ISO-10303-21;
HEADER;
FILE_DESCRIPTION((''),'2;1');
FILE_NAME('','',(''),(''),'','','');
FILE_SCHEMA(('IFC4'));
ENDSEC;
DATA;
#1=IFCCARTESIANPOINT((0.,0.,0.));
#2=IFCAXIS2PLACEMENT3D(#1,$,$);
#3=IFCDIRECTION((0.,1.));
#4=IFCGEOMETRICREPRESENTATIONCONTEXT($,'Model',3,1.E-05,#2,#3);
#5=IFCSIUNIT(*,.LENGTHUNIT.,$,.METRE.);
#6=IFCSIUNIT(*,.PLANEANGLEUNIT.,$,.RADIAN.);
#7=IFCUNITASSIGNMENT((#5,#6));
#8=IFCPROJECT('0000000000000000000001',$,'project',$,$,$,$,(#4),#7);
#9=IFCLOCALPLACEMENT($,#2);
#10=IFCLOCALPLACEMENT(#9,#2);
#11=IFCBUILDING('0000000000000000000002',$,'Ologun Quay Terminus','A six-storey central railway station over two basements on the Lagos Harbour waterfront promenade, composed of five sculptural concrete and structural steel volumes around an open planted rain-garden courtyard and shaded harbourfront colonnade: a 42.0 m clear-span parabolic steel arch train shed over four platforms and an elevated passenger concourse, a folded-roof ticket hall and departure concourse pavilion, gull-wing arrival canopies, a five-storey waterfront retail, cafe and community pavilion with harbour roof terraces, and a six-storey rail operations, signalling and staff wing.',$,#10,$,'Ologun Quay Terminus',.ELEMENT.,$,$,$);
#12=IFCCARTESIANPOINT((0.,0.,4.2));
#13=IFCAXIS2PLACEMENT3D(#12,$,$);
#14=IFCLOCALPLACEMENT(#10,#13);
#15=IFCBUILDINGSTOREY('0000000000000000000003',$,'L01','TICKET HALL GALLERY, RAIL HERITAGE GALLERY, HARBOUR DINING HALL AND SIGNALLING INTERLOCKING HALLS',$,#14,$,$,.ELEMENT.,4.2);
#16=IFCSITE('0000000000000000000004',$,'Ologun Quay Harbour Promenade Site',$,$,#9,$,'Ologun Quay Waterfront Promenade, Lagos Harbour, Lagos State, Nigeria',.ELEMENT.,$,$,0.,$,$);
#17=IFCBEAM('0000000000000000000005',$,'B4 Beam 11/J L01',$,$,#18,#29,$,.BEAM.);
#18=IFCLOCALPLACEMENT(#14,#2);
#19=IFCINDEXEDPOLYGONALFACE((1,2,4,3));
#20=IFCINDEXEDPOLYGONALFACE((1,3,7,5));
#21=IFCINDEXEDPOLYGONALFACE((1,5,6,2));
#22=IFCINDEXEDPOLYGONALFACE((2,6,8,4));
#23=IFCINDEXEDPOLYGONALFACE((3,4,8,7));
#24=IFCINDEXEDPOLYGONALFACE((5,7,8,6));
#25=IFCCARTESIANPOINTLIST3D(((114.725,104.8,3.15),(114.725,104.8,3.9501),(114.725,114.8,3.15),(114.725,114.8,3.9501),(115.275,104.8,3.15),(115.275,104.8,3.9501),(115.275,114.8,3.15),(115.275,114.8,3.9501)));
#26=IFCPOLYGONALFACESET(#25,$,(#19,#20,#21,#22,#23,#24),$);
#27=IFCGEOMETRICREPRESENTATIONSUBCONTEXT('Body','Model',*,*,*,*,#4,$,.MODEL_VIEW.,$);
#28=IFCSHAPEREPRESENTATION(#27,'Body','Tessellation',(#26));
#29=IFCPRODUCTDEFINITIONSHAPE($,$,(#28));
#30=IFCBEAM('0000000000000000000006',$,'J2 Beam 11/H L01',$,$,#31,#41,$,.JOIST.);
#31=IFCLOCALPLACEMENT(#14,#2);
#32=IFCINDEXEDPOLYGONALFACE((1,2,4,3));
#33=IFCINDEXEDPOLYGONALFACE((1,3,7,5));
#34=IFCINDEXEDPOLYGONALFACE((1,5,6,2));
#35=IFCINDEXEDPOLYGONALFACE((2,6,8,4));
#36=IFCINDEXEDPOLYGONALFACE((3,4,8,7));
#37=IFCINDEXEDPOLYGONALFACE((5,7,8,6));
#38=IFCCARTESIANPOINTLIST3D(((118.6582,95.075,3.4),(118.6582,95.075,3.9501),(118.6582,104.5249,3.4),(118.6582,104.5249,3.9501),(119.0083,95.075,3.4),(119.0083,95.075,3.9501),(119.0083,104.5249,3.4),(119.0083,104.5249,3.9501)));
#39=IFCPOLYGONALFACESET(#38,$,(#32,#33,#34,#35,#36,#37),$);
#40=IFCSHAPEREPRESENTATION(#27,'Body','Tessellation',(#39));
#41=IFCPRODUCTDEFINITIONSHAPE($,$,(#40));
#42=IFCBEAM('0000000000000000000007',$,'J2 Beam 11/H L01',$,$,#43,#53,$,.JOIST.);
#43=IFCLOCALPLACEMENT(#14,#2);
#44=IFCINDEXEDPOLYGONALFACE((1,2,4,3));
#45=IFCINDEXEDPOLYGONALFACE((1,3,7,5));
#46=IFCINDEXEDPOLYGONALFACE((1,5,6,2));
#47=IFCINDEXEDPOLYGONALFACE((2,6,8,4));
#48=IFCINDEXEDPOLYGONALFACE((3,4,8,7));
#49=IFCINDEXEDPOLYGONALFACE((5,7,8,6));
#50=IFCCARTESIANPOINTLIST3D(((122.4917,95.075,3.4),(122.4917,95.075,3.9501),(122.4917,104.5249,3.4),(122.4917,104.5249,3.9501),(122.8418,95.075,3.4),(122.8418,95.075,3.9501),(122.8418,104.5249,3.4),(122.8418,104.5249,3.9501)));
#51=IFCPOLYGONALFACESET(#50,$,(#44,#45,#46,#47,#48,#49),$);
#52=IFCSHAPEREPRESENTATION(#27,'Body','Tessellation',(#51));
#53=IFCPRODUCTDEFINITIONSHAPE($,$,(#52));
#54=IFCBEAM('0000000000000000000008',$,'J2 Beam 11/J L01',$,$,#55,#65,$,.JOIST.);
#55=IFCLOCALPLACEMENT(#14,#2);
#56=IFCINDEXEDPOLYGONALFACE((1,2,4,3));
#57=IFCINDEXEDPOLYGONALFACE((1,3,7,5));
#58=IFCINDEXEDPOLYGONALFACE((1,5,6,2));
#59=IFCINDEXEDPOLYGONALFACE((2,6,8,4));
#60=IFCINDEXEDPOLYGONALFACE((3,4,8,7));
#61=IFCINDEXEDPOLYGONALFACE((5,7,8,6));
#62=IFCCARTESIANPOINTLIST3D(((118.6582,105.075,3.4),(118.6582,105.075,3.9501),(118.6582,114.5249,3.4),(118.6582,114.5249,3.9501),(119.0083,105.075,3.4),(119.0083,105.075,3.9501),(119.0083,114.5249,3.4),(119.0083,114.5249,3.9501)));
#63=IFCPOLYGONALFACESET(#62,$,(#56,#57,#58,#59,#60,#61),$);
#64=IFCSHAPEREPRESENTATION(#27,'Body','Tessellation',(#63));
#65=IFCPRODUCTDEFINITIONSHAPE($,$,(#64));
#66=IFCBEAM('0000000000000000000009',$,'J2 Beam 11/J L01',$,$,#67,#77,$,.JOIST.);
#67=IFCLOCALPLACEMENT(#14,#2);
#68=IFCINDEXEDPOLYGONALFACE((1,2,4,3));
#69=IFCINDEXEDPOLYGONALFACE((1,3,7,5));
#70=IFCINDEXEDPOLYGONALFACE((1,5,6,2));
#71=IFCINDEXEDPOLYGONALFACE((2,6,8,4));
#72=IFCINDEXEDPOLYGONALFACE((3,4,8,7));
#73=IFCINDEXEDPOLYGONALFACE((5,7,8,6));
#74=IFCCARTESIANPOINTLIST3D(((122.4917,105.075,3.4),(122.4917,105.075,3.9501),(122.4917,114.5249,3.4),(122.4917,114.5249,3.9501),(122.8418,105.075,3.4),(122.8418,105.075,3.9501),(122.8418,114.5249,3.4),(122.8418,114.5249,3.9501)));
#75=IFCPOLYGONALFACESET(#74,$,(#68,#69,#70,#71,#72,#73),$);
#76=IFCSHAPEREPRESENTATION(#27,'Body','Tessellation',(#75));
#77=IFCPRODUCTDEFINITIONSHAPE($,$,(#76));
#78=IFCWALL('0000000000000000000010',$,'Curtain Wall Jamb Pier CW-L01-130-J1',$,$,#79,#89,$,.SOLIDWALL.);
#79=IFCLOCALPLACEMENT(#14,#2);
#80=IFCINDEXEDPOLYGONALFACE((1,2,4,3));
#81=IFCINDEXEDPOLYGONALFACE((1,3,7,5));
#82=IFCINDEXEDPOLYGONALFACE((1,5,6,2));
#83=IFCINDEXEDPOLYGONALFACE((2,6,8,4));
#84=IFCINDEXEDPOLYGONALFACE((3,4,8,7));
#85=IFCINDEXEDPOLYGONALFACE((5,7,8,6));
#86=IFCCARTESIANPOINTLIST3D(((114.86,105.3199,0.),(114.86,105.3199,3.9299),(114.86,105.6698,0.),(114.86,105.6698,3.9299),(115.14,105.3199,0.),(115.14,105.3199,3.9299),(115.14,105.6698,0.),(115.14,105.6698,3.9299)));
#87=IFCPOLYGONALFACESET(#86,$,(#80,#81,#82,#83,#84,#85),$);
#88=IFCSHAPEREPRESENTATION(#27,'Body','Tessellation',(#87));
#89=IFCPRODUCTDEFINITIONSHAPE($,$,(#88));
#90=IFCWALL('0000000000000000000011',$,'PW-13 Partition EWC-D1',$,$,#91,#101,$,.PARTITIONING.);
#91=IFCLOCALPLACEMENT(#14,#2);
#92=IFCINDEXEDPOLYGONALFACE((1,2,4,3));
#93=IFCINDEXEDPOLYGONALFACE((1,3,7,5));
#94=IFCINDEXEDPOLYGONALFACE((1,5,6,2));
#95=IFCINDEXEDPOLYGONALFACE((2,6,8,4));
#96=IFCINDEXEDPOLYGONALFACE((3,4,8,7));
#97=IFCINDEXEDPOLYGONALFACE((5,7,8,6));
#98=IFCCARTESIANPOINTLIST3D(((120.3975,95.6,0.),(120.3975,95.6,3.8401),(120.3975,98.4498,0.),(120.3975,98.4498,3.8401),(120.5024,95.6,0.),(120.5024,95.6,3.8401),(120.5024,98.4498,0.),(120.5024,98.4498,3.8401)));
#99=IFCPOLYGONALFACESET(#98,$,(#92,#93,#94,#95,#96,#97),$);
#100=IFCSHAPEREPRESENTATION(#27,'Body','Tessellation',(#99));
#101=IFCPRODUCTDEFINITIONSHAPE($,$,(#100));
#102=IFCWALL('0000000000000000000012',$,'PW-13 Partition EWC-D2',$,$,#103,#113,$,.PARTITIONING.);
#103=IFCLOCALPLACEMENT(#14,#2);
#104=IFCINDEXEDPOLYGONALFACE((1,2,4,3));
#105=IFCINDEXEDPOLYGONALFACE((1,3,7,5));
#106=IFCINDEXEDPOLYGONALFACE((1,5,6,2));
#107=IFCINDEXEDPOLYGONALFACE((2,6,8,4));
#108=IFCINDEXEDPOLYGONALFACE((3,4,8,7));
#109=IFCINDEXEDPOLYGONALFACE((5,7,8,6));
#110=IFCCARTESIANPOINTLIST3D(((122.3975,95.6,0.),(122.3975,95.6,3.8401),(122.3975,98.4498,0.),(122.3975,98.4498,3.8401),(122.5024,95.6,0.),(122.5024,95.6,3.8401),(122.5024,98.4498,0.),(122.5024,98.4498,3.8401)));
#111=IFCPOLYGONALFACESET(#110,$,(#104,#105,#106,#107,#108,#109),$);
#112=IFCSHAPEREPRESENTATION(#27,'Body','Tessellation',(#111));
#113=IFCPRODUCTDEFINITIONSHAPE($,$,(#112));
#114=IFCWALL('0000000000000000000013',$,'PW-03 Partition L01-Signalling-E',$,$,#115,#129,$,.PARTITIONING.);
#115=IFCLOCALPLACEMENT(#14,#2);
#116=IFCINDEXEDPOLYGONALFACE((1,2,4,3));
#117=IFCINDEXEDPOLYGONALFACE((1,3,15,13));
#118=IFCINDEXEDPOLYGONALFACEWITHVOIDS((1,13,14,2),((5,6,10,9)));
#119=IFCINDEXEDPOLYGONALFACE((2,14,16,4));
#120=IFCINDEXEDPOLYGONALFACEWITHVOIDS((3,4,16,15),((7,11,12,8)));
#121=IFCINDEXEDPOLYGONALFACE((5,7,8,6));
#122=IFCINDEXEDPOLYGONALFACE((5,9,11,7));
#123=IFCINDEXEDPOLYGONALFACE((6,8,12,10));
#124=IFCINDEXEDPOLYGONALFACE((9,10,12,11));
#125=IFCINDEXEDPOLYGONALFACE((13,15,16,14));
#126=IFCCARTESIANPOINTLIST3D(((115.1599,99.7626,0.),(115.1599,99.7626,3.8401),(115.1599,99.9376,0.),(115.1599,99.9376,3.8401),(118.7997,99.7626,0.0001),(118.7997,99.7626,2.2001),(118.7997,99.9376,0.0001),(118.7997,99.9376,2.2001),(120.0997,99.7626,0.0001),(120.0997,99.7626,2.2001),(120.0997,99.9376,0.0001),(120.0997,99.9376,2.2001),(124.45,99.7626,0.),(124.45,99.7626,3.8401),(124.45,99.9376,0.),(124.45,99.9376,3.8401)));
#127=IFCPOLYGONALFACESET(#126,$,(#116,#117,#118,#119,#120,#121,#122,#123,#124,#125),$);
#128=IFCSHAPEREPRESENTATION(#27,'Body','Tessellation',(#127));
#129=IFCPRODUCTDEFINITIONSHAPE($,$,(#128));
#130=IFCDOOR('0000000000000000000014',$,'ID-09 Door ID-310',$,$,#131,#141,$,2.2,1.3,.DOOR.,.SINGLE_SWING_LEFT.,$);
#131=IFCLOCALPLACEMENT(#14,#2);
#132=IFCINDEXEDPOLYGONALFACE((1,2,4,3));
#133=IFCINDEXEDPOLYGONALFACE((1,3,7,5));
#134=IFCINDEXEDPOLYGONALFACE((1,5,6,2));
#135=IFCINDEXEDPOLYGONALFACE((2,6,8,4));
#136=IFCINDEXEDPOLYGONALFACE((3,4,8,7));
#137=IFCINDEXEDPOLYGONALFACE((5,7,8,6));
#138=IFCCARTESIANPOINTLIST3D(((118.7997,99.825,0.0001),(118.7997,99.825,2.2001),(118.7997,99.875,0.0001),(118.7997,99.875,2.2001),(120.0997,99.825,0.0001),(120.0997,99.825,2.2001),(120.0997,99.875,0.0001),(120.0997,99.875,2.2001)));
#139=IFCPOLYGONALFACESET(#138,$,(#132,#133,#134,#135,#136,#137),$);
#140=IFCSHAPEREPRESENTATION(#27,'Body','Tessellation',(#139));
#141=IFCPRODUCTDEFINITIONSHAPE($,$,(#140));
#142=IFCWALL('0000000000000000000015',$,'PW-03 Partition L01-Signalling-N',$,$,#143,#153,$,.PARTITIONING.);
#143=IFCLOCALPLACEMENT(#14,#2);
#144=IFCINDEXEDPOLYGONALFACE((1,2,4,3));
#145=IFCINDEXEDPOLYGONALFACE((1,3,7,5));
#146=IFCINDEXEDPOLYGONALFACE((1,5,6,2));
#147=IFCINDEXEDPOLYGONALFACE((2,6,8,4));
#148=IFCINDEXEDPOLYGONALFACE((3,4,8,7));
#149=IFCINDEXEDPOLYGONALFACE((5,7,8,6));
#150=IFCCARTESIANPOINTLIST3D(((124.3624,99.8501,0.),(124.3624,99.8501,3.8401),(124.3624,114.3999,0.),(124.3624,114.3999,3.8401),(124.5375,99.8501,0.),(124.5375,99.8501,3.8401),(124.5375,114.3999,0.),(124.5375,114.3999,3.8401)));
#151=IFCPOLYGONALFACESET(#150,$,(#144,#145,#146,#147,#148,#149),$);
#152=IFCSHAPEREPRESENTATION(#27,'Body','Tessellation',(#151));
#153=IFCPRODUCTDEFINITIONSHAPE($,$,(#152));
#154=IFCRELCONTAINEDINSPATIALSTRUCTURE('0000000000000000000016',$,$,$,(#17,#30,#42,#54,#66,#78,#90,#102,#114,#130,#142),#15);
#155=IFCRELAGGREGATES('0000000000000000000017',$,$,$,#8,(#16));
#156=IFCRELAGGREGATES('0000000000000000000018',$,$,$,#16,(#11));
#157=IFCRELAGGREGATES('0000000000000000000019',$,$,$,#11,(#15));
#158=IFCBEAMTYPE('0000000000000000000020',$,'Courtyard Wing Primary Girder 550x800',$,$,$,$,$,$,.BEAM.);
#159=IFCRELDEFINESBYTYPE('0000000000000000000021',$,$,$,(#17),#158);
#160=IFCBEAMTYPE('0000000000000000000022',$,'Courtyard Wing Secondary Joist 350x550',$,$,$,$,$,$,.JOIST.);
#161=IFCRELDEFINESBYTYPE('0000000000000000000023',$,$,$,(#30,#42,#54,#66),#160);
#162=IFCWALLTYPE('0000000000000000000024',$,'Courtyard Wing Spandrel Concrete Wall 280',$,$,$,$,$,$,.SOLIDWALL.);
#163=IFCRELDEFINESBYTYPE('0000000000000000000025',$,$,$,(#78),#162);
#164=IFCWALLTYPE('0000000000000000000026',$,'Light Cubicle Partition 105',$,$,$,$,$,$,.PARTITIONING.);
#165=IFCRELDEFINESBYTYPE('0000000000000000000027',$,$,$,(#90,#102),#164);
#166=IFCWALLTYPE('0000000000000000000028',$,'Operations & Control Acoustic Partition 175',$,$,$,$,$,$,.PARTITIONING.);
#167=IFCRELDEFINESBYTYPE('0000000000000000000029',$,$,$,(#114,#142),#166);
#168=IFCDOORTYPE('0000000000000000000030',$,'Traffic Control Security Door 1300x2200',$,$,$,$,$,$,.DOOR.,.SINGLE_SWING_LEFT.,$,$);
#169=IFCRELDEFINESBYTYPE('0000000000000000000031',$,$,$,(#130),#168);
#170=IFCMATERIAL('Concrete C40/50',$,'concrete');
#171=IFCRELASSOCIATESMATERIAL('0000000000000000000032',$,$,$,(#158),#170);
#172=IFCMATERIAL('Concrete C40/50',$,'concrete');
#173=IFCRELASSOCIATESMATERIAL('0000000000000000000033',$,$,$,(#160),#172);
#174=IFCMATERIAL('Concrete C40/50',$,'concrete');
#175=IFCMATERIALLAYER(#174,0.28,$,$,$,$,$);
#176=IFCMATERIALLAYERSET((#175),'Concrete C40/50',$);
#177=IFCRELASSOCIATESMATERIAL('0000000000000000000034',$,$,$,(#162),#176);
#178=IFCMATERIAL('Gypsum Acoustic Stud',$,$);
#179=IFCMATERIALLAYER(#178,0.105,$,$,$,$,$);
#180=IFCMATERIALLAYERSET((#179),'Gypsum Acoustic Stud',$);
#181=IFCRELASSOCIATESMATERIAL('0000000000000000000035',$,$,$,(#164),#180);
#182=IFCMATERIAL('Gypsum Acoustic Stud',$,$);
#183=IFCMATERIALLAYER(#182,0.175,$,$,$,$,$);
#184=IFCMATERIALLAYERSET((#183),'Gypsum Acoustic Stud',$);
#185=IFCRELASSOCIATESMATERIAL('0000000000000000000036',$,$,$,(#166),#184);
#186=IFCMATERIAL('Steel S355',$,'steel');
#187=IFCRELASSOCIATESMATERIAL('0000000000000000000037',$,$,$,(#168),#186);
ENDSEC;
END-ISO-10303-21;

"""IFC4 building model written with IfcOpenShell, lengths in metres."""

from ifc_helpers import new_model, si_unit, direction, frame, frame_2d, origin, origin_2d, place, context, subcontext, project, spatial, rectangle, extrude, material, layer, layer_set, material_profile, profile_set, type_object, element, fill, save


model = new_model("IFC4")

# Units and contexts
model_context = context("Model", 3, precision=1e-05, world=origin(), true_north=direction((0.0, 1.0)))
body_context = subcontext(model_context, "Body", "Model", "MODEL_VIEW")
ifc_project = project(units=[si_unit("LENGTHUNIT", "METRE"), si_unit("PLANEANGLEUNIT", "RADIAN")], contexts=[model_context])

# Site, building, storey
site_placement = place(None, origin())
site = spatial("IfcSite", under=ifc_project, at=site_placement, Name="Ologun Quay Harbour Promenade Site", LongName="Ologun Quay Waterfront Promenade, Lagos Harbour, Lagos State, Nigeria", CompositionType="ELEMENT", RefElevation=0.0)
building_placement = place(site_placement, origin())
building = spatial("IfcBuilding", under=site, at=building_placement, Name="Ologun Quay Terminus", Description="A six-storey central railway station over two basements on the Lagos Harbour waterfront promenade, composed of five sculptural concrete and structural steel volumes around an open planted rain-garden courtyard and shaded harbourfront colonnade: a 42.0 m clear-span parabolic steel arch train shed over four platforms and an elevated passenger concourse, a folded-roof ticket hall and departure concourse pavilion, gull-wing arrival canopies, a five-storey waterfront retail, cafe and community pavilion with harbour roof terraces, and a six-storey rail operations, signalling and staff wing.", LongName="Ologun Quay Terminus", CompositionType="ELEMENT")
storey_placement = place(building_placement, frame((0.0, 0.0, 4.2)))
storey = spatial("IfcBuildingStorey", under=building, at=storey_placement, Name="L01", Description="TICKET HALL GALLERY, RAIL HERITAGE GALLERY, HARBOUR DINING HALL AND SIGNALLING INTERLOCKING HALLS", CompositionType="ELEMENT", Elevation=4.2)

# Beams
ifc_material_1 = material(Name="Concrete C40/50", Category="concrete")
ifc_material_profile_1 = material_profile(ifc_material_1, rectangle(XDim=0.55, YDim=0.8, at=origin_2d()), Name="RC 550x800")
ifc_profile_set_1 = profile_set([ifc_material_profile_1], Name="Concrete C40/50")
beam_type_1 = type_object("IfcBeamType", Name="Courtyard Wing Primary Girder 550x800", PredefinedType="BEAM", material=ifc_profile_set_1)
beam_placement = place(storey_placement, frame((115.0, 104.8, 3.55), z_axis=(0.0, 1.0, 0.0), x_axis=(-1.0, 0.0, 0.0)))
element("IfcBeam", 1, at=beam_placement, inside=storey, type_object=beam_type_1, Name="B4 Beam 11/J L01", PredefinedType="BEAM", context=body_context, shape_type="SweptSolid", body=[
    extrude(rectangle(XDim=0.55, YDim=0.8, at=origin_2d()), origin(), (0.0, 0.0, 1.0), 10.0),
])
ifc_material_2 = material(Name="Concrete C40/50", Category="concrete")
ifc_material_profile_2 = material_profile(ifc_material_2, rectangle(XDim=0.3501, YDim=0.55, at=origin_2d()), Name="RC 350x550")
ifc_profile_set_2 = profile_set([ifc_material_profile_2], Name="Concrete C40/50")
beam_type_2 = type_object("IfcBeamType", Name="Courtyard Wing Secondary Joist 350x550", PredefinedType="JOIST", material=ifc_profile_set_2)
for number, where, z_axis, x_axis, name in (
    (2, (118.8333, 95.075, 3.675), (0.0, 1.0, 0.0), (-1.0, 0.0, 0.0), "J2 Beam 11/H L01"),
    (3, (122.6667, 95.075, 3.675), (0.0, 1.0, 0.0), (-1.0, 0.0, 0.0), "J2 Beam 11/H L01"),
    (4, (118.8333, 105.075, 3.675), (0.0, 1.0, 0.0), (-1.0, 0.0, 0.0), "J2 Beam 11/J L01"),
    (5, (122.6667, 105.075, 3.675), (0.0, 1.0, 0.0), (-1.0, 0.0, 0.0), "J2 Beam 11/J L01"),
):
    element("IfcBeam", number, at=place(storey_placement, frame(where, z_axis=z_axis, x_axis=x_axis)), inside=storey, type_object=beam_type_2, Name=name, PredefinedType="JOIST", context=body_context, shape_type="SweptSolid", body=[
        extrude(rectangle(XDim=0.3501, YDim=0.55, at=origin_2d()), origin(), (0.0, 0.0, 1.0), 9.45),
    ])

# Walls
ifc_material_3 = material(Name="Concrete C40/50", Category="concrete")
ifc_layer_1 = layer(ifc_material_3, 0.28)
ifc_layer_set_1 = layer_set([ifc_layer_1], Name="Concrete C40/50")
wall_type_1 = type_object("IfcWallType", Name="Courtyard Wing Spandrel Concrete Wall 280", PredefinedType="SOLIDWALL", material=ifc_layer_set_1)
wall_1_placement = place(storey_placement, frame((115.0, 105.3201, 0.0), z_axis=(0.0, 0.0, 1.0), x_axis=(0.0, 1.0, 0.0)))
element("IfcWall", 6, at=wall_1_placement, inside=storey, type_object=wall_type_1, Name="Curtain Wall Jamb Pier CW-L01-130-J1", PredefinedType="SOLIDWALL", context=body_context, shape_type="SweptSolid", body=[
    extrude(rectangle(XDim=0.3499, YDim=0.28, at=frame_2d((0.1748, 0.0))), origin(), (0.0, 0.0, 1.0), 3.9299),
])
ifc_material_4 = material(Name="Gypsum Acoustic Stud")
ifc_layer_2 = layer(ifc_material_4, 0.105)
ifc_layer_set_2 = layer_set([ifc_layer_2], Name="Gypsum Acoustic Stud")
wall_type_2 = type_object("IfcWallType", Name="Light Cubicle Partition 105", PredefinedType="PARTITIONING", material=ifc_layer_set_2)
for number, where, z_axis, x_axis, name in (
    (7, (120.45, 95.6001, 0.0), (0.0, 0.0, 1.0), (0.0, 1.0, 0.0), "PW-13 Partition EWC-D1"),
    (8, (122.45, 95.6001, 0.0), (0.0, 0.0, 1.0), (0.0, 1.0, 0.0), "PW-13 Partition EWC-D2"),
):
    element("IfcWall", number, at=place(storey_placement, frame(where, z_axis=z_axis, x_axis=x_axis)), inside=storey, type_object=wall_type_2, Name=name, PredefinedType="PARTITIONING", context=body_context, shape_type="SweptSolid", body=[
        extrude(rectangle(XDim=2.8499, YDim=0.105, at=frame_2d((1.4248, 0.0))), origin(), (0.0, 0.0, 1.0), 3.8401),
    ])

# Wall, opening, door
ifc_material_5 = material(Name="Gypsum Acoustic Stud")
ifc_layer_3 = layer(ifc_material_5, 0.175)
ifc_layer_set_3 = layer_set([ifc_layer_3], Name="Gypsum Acoustic Stud")
wall_type_3 = type_object("IfcWallType", Name="Operations & Control Acoustic Partition 175", PredefinedType="PARTITIONING", material=ifc_layer_set_3)
wall_2_placement = place(storey_placement, frame((115.1599, 99.8501, 0.0), z_axis=(0.0, 0.0, 1.0), x_axis=(1.0, 0.0, 0.0)))
wall_2 = element("IfcWall", 9, at=wall_2_placement, inside=storey, type_object=wall_type_3, Name="PW-03 Partition L01-Signalling-E", PredefinedType="PARTITIONING", context=body_context, shape_type="SweptSolid", body=[
    extrude(rectangle(XDim=9.29, YDim=0.175, at=frame_2d((4.645, 0.0))), origin(), (0.0, 0.0, 1.0), 3.8401),
])
opening_1_placement = place(wall_2_placement, frame((3.6399, 0.0, 0.0)))
opening_1 = element("IfcOpeningElement", 10, at=opening_1_placement, cuts=wall_2, PredefinedType="OPENING", context=body_context, shape_type="SweptSolid", body=[
    extrude(rectangle(XDim=1.3, YDim=2.2, at=frame_2d((0.6499, 1.1001))), frame((0.0, 0.0977, 0.0), z_axis=(0.0, -1.0, 0.0), x_axis=(1.0, 0.0, 0.0)), (0.0, 0.0, 1.0), 0.1951),
])
ifc_material_6 = material(Name="Steel S355", Category="steel")
door_type_1 = type_object("IfcDoorType", Name="Traffic Control Security Door 1300x2200", OperationType="SINGLE_SWING_LEFT", PredefinedType="DOOR", material=ifc_material_6)
door_1_placement = place(opening_1_placement, origin())
door_1 = element("IfcDoor", 11, at=door_1_placement, inside=storey, type_object=door_type_1, Name="ID-09 Door ID-310", OperationType="SINGLE_SWING_LEFT", OverallHeight=2.2, OverallWidth=1.3, PredefinedType="DOOR", context=body_context, shape_type="SweptSolid", body=[
    extrude(rectangle(XDim=1.3, YDim=2.2, at=frame_2d((0.6499, 1.1001))), frame((0.0, 0.0249, 0.0), z_axis=(0.0, -1.0, 0.0), x_axis=(1.0, 0.0, 0.0)), (0.0, 0.0, 1.0), 0.05),
])
fill(opening_1, door_1)

# Wall
wall_3_placement = place(storey_placement, frame((124.45, 99.8501, 0.0), z_axis=(0.0, 0.0, 1.0), x_axis=(0.0, 1.0, 0.0)))
element("IfcWall", 12, at=wall_3_placement, inside=storey, type_object=wall_type_3, Name="PW-03 Partition L01-Signalling-N", PredefinedType="PARTITIONING", context=body_context, shape_type="SweptSolid", body=[
    extrude(rectangle(XDim=14.5498, YDim=0.175, at=frame_2d((7.2749, 0.0))), origin(), (0.0, 0.0, 1.0), 3.8401),
])

save(model, "model.ifc")
